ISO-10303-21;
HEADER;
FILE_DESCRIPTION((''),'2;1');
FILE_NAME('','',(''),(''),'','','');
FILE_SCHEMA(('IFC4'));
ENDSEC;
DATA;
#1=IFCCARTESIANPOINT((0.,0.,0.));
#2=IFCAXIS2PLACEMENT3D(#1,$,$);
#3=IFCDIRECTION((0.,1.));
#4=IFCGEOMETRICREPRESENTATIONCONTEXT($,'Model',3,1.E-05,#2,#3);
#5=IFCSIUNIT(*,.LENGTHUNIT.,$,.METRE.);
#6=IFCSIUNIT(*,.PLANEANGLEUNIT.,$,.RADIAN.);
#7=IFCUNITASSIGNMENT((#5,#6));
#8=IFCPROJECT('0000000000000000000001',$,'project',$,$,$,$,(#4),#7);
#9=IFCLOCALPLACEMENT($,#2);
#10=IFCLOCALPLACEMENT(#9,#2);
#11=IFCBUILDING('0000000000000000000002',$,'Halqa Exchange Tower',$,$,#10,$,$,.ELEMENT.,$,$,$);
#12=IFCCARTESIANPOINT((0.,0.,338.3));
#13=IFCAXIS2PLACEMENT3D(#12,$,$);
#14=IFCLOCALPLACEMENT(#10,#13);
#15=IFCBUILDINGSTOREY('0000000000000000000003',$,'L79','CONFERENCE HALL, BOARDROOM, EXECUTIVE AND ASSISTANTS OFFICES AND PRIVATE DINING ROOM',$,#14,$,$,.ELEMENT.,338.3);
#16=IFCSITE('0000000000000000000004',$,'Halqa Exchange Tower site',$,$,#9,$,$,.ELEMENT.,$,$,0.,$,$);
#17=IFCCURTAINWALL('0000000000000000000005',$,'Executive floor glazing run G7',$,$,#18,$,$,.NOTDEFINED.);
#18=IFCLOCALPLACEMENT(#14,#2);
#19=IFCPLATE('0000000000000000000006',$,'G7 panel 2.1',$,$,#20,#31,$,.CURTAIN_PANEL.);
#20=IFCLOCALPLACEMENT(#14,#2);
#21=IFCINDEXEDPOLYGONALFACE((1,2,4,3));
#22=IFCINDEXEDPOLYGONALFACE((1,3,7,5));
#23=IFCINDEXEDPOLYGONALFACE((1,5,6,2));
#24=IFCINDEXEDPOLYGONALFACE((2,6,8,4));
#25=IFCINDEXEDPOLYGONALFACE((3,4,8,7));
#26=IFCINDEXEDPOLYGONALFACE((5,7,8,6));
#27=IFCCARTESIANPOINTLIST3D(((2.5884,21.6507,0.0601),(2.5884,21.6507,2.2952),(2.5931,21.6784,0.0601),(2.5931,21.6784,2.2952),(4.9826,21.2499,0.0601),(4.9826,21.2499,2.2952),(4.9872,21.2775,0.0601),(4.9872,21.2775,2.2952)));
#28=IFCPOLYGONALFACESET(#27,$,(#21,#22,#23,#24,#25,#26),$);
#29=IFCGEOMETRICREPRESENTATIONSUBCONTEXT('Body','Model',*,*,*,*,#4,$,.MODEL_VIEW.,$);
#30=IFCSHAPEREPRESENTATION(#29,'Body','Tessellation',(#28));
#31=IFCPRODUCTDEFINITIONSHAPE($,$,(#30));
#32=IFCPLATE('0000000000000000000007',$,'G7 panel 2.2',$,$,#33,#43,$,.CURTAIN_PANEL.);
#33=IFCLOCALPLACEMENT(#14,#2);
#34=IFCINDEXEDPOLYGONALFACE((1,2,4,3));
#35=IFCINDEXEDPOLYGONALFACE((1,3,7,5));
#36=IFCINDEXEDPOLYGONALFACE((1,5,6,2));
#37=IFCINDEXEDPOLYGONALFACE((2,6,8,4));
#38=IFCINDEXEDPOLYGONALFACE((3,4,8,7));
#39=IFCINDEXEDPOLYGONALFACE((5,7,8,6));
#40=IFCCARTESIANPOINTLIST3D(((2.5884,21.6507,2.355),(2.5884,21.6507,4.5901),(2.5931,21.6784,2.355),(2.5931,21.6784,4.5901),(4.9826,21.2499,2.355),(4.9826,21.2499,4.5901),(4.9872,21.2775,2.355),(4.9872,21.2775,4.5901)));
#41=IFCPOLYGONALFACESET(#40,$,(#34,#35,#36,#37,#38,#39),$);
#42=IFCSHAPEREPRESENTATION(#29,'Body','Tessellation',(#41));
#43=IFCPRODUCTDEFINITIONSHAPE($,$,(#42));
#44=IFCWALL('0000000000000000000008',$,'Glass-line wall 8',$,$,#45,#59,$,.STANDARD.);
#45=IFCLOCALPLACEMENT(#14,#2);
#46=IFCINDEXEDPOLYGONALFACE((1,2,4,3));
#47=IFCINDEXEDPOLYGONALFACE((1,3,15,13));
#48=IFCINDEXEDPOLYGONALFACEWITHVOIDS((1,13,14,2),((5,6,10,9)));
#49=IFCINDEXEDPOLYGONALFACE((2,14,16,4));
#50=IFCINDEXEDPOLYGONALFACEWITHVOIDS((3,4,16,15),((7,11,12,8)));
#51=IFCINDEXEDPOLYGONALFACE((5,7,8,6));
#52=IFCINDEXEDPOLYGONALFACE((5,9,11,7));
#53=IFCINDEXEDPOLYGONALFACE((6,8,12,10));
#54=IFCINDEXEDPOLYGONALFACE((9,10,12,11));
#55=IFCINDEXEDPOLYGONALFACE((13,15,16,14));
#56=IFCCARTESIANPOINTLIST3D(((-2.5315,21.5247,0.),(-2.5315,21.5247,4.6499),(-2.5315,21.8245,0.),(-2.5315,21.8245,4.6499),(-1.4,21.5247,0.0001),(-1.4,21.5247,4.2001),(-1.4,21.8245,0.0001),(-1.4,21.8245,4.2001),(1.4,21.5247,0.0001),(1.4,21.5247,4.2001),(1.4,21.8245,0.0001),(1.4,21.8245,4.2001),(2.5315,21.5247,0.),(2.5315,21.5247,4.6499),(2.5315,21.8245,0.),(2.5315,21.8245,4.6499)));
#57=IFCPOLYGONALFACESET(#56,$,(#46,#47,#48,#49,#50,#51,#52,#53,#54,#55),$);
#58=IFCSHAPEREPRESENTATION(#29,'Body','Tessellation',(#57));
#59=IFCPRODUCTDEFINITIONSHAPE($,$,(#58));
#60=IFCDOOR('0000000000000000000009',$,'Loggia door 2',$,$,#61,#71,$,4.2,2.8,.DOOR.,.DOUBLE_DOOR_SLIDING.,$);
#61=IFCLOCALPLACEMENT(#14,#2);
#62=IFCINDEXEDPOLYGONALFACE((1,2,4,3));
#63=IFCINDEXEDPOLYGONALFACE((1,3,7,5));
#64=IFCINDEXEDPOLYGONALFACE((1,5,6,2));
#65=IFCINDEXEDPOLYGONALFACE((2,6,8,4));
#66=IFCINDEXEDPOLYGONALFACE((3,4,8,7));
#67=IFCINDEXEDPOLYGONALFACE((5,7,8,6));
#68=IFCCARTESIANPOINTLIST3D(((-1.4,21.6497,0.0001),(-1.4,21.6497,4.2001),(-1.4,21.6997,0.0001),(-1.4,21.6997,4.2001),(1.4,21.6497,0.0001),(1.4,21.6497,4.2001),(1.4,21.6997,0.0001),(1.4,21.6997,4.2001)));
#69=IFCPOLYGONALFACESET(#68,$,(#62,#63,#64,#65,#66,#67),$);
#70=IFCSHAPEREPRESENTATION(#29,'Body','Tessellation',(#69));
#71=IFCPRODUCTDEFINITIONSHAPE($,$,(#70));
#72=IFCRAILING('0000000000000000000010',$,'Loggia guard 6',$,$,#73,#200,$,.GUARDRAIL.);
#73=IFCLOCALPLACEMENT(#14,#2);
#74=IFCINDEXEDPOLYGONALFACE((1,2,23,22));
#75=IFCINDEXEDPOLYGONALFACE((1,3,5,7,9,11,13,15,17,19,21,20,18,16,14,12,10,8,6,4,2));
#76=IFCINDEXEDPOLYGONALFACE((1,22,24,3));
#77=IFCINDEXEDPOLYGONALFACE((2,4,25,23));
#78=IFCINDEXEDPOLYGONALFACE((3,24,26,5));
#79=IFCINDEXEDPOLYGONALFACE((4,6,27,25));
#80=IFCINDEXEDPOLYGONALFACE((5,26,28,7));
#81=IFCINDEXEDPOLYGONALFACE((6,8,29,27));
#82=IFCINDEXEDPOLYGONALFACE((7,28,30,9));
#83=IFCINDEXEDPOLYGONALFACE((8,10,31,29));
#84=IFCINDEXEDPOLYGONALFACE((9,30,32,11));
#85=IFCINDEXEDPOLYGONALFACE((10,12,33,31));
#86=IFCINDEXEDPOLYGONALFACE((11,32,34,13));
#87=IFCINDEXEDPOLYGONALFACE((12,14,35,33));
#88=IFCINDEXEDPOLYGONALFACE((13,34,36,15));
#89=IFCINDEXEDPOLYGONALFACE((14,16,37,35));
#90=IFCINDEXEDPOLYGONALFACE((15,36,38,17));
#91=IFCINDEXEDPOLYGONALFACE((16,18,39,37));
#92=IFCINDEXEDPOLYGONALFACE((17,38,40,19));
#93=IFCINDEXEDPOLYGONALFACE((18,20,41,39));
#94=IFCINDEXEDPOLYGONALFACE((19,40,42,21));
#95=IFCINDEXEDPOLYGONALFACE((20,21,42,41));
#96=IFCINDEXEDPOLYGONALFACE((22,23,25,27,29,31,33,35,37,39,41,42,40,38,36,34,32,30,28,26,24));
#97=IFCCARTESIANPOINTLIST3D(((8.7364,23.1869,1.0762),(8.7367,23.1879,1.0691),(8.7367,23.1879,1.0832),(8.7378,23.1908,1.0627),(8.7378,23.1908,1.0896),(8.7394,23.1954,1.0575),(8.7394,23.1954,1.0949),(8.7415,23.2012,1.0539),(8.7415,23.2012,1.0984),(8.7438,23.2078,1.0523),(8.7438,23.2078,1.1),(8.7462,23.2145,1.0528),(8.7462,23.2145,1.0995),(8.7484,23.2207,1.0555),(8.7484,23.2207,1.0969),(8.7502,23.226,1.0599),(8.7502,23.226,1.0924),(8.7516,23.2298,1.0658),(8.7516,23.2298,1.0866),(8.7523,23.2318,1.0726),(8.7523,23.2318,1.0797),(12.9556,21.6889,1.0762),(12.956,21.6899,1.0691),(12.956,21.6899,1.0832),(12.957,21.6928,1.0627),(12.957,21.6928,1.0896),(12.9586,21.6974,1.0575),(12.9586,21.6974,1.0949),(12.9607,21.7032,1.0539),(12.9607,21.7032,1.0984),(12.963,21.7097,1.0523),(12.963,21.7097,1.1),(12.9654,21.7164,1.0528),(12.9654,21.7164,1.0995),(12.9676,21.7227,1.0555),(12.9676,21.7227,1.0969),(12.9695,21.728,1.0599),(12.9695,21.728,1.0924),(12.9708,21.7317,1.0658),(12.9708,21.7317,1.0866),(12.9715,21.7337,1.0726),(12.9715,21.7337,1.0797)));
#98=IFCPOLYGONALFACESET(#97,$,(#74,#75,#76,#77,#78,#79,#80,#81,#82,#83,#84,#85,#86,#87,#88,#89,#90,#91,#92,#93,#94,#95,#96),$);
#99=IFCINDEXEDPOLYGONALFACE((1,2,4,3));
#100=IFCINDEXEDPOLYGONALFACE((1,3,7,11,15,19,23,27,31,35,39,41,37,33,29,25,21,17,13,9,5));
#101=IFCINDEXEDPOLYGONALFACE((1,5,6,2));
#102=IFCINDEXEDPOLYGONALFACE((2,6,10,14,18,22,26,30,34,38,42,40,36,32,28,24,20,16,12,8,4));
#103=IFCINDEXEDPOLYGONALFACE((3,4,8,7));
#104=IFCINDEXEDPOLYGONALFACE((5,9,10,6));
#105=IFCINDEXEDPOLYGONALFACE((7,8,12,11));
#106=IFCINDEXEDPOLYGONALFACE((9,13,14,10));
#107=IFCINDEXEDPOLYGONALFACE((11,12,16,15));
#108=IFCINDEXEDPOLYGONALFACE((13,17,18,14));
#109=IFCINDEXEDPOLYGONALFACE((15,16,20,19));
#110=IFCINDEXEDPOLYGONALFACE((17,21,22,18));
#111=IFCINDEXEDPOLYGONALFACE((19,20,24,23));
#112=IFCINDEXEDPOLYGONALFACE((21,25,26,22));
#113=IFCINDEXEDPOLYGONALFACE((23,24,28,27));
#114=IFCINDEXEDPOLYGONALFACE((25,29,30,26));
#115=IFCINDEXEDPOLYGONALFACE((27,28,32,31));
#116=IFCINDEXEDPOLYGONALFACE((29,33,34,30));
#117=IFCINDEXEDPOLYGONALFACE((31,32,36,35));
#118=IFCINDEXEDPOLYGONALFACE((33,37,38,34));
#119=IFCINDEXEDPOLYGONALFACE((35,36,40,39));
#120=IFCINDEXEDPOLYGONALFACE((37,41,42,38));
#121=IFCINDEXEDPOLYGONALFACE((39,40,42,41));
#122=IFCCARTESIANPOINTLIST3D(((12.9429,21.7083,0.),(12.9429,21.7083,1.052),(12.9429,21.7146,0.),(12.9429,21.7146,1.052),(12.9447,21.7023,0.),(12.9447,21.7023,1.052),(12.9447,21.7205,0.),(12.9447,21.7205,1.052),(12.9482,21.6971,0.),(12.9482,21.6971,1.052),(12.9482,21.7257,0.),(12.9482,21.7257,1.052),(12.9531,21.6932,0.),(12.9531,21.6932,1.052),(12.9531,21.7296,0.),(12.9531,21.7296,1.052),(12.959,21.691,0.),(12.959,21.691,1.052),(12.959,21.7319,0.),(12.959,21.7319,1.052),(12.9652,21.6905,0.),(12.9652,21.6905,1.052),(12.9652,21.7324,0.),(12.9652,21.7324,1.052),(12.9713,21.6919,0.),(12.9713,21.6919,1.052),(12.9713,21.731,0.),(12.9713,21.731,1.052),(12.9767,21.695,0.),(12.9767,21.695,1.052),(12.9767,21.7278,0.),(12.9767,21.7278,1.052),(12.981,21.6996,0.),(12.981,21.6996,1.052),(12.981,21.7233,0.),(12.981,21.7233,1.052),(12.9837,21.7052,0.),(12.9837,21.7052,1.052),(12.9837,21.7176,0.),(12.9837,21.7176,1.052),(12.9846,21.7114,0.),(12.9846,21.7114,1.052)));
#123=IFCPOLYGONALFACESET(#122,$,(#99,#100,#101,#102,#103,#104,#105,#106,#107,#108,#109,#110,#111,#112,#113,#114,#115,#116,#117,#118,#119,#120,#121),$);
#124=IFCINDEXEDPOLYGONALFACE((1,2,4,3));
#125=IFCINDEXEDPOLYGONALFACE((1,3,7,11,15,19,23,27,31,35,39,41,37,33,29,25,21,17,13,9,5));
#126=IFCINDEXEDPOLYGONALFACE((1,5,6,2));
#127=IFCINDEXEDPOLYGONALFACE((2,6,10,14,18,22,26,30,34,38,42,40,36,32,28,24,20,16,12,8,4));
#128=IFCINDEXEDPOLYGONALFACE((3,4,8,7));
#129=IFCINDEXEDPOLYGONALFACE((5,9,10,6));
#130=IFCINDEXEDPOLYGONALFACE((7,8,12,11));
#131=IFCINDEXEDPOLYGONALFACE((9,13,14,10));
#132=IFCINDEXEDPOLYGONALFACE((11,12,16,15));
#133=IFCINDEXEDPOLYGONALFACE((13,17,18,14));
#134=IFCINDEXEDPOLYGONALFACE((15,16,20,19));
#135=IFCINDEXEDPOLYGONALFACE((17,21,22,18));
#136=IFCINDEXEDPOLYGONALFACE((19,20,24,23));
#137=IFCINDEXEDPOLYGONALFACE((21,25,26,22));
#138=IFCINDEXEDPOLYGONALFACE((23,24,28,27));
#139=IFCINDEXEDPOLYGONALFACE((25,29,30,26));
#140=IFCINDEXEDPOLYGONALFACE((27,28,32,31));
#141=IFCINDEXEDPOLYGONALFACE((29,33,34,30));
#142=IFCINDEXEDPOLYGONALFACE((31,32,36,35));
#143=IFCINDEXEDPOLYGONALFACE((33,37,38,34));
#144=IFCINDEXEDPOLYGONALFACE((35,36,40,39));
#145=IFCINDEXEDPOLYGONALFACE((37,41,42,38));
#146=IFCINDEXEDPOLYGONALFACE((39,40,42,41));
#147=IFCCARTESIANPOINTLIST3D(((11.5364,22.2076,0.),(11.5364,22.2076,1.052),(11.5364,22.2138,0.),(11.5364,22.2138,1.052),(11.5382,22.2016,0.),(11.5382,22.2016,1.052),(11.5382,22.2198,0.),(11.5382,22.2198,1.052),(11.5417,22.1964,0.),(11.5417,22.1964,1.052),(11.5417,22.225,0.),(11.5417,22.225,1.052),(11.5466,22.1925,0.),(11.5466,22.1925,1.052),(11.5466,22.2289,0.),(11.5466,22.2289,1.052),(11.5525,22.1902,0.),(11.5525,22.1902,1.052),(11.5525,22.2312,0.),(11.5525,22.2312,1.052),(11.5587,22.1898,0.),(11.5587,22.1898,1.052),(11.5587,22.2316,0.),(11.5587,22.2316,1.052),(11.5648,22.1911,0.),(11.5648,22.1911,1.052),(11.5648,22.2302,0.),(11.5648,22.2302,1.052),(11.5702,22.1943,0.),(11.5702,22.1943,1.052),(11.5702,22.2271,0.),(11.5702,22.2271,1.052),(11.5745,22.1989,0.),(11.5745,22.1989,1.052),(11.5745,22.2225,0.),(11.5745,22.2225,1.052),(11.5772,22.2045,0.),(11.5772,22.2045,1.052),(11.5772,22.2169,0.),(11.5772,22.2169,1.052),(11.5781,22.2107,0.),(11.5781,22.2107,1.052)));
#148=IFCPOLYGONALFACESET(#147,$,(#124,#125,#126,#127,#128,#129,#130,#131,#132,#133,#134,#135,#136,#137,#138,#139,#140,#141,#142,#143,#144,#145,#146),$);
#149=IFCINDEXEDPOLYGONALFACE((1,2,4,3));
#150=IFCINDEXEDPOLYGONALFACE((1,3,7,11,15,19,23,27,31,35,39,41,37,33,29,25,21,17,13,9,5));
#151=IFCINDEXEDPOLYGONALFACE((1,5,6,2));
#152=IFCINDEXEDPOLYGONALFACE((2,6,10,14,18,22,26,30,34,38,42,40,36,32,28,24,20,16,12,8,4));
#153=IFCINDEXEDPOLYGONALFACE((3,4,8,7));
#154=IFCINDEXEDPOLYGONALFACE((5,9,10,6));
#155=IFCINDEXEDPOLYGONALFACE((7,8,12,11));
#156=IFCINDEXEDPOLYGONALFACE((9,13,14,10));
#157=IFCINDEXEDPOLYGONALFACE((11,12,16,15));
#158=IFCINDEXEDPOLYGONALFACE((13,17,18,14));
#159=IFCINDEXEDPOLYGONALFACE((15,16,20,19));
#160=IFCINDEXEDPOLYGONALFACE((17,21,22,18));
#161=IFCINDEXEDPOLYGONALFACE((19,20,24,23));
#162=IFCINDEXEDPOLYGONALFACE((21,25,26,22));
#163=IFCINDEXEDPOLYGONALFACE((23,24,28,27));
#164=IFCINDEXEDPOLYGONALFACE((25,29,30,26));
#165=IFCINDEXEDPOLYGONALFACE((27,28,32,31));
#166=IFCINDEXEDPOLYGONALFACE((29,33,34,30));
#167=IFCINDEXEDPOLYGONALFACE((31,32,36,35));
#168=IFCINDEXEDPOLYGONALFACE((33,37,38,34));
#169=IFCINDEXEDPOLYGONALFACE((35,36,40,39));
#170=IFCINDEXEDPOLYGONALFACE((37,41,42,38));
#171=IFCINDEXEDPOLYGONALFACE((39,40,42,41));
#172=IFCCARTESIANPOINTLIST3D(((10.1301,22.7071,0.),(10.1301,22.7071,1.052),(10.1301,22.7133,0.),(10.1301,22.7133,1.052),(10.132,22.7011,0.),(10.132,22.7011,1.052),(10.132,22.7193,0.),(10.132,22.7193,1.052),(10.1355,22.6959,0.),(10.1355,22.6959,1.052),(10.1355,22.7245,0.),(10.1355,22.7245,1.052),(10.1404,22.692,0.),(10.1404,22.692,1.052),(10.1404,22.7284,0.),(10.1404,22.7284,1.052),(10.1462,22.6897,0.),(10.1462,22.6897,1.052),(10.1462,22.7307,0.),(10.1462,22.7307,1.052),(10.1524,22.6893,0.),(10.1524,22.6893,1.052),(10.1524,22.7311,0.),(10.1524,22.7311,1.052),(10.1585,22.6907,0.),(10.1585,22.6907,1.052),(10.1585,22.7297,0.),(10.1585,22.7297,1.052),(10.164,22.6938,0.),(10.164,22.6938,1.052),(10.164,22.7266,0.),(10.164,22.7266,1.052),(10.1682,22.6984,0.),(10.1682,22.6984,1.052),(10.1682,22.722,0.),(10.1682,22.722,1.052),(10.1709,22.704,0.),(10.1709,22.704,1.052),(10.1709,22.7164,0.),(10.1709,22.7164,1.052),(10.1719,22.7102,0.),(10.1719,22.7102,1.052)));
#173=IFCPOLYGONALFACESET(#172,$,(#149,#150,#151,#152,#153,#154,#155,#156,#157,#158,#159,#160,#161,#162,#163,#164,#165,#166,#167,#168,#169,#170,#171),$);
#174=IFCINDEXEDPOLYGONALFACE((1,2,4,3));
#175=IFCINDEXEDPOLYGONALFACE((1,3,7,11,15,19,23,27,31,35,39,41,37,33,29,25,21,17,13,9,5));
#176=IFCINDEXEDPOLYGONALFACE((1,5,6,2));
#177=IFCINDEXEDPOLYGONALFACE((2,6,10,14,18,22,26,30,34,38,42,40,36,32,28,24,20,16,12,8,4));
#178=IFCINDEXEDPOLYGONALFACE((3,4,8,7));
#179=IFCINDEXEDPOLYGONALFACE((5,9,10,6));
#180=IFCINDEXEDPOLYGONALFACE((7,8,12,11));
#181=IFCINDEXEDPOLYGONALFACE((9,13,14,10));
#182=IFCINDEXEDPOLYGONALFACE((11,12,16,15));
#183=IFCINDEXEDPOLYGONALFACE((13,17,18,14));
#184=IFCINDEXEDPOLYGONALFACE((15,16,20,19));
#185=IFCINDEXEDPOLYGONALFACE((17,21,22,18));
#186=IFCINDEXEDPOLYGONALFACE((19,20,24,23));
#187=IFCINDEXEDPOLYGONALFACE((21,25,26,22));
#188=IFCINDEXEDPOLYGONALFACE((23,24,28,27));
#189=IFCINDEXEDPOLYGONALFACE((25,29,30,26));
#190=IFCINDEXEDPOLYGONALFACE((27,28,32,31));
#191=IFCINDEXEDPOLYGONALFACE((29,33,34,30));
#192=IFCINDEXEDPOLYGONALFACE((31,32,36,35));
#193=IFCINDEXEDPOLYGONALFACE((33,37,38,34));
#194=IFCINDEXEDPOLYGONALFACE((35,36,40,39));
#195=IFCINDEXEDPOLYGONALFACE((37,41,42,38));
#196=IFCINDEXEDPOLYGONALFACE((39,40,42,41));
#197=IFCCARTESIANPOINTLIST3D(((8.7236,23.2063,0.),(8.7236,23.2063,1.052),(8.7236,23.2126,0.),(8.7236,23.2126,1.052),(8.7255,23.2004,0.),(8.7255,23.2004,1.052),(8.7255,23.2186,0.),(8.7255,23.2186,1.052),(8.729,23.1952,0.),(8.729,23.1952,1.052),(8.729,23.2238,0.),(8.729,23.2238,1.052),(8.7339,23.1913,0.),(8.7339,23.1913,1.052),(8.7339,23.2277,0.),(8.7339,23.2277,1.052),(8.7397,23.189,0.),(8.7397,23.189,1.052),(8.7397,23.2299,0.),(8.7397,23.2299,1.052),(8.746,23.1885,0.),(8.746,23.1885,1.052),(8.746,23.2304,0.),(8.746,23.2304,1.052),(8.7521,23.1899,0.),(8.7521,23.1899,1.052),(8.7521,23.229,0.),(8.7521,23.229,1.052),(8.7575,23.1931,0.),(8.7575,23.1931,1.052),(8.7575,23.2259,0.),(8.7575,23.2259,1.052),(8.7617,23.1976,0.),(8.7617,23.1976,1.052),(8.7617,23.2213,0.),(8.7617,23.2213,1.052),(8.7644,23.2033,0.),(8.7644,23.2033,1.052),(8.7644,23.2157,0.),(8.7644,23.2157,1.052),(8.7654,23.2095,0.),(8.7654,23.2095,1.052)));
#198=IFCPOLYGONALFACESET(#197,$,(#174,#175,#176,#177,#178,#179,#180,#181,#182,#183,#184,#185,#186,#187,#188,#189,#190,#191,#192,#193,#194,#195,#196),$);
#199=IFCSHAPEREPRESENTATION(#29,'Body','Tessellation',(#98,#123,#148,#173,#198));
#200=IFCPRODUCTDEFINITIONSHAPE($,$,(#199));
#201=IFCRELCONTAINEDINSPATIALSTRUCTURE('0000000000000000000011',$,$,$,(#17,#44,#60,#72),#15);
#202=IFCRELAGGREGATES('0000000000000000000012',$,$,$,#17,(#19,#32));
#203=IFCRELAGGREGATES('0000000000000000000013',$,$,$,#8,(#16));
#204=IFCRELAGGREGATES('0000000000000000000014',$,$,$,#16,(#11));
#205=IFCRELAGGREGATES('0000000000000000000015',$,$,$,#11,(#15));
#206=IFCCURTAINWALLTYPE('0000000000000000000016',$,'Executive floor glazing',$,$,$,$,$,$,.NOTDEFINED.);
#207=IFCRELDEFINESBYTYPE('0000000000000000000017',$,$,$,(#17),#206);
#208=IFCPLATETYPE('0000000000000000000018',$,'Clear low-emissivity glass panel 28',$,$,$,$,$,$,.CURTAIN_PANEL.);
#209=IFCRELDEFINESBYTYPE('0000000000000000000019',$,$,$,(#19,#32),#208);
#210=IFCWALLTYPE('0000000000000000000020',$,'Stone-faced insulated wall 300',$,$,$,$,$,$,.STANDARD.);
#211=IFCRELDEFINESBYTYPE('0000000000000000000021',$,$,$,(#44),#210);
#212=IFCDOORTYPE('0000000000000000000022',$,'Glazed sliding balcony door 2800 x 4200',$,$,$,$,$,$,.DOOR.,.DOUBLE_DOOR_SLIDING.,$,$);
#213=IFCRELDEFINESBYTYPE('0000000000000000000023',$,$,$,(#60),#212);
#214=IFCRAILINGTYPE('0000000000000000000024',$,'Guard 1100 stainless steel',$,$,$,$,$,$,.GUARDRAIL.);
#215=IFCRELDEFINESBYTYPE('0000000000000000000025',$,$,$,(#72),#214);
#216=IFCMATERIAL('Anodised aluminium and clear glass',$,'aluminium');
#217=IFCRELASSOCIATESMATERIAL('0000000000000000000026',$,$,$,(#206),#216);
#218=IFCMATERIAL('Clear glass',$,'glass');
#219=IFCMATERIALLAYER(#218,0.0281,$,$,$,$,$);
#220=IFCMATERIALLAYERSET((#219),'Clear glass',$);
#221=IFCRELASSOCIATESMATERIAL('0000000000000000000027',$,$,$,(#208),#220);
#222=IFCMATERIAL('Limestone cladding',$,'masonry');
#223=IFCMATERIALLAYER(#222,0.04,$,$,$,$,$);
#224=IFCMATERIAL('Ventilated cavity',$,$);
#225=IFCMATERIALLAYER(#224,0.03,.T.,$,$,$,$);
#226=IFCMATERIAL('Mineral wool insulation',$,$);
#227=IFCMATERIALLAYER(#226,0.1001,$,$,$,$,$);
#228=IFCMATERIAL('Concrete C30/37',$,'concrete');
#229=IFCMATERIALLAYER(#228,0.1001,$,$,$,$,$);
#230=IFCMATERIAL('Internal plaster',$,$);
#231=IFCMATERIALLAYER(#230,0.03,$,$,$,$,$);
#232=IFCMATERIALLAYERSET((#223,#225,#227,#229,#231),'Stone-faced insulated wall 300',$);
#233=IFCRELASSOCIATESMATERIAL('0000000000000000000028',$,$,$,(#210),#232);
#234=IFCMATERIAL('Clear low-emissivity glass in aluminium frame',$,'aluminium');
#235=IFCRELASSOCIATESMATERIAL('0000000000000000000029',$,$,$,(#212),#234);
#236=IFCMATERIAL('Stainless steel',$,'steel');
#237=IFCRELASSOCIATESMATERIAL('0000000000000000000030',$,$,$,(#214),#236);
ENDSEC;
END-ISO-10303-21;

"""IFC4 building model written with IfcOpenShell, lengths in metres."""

from ifc_helpers import new_model, si_unit, direction, frame, frame_2d, origin, origin_2d, place, context, subcontext, project, spatial, polyline, rectangle, circle, outline, extrude, material, layer, layer_set, type_object, element, fill, aggregate, save


model = new_model("IFC4")

# Units and contexts
model_context = context("Model", 3, precision=1e-05, world=origin(), true_north=direction((0.0, 1.0)))
body_context = subcontext(model_context, "Body", "Model", "MODEL_VIEW")
ifc_project = project(units=[si_unit("LENGTHUNIT", "METRE"), si_unit("PLANEANGLEUNIT", "RADIAN")], contexts=[model_context])

# Site, building, storey
site_placement = place(None, origin())
site = spatial("IfcSite", under=ifc_project, at=site_placement, Name="Halqa Exchange Tower site", CompositionType="ELEMENT", RefElevation=0.0)
building_placement = place(site_placement, origin())
building = spatial("IfcBuilding", under=site, at=building_placement, Name="Halqa Exchange Tower", CompositionType="ELEMENT")
storey_placement = place(building_placement, frame((0.0, 0.0, 338.3)))
storey = spatial("IfcBuildingStorey", under=building, at=storey_placement, Name="L79", Description="CONFERENCE HALL, BOARDROOM, EXECUTIVE AND ASSISTANTS OFFICES AND PRIVATE DINING ROOM", CompositionType="ELEMENT", Elevation=338.3)

# Curtain wall
ifc_material_1 = material(Name="Anodised aluminium and clear glass", Category="aluminium")
curtain_wall_type = type_object("IfcCurtainWallType", Name="Executive floor glazing", PredefinedType="NOTDEFINED", material=ifc_material_1)
curtain_wall_1_placement = place(storey_placement, origin())
curtain_wall_1 = element("IfcCurtainWall", 1, at=curtain_wall_1_placement, inside=storey, type_object=curtain_wall_type, Name="Executive floor glazing run G7", PredefinedType="NOTDEFINED")

# Plates
ifc_material_2 = material(Name="Clear glass", Category="glass")
ifc_layer_1 = layer(ifc_material_2, 0.0281)
ifc_layer_set_1 = layer_set([ifc_layer_1], Name="Clear glass")
plate_type = type_object("IfcPlateType", Name="Clear low-emissivity glass panel 28", PredefinedType="CURTAIN_PANEL", material=ifc_layer_set_1)
plate_1_placement = place(storey_placement, frame((3.7878, 21.4641, 0.0601), z_axis=(0.0, 0.0, 1.0), x_axis=(-0.986274, 0.165117, 0.0)))
plate_1 = element("IfcPlate", 2, at=plate_1_placement, type_object=plate_type, Name="G7 panel 2.1", PredefinedType="CURTAIN_PANEL", context=body_context, shape_type="SweptSolid", body=[
    extrude(rectangle(XDim=2.4275, YDim=0.0281, at=origin_2d()), origin(), (0.0, 0.0, 1.0), 2.2351),
])
plate_2_placement = place(storey_placement, frame((3.7878, 21.4641, 2.355), z_axis=(0.0, 0.0, 1.0), x_axis=(-0.986274, 0.165117, 0.0)))
plate_2 = element("IfcPlate", 3, at=plate_2_placement, type_object=plate_type, Name="G7 panel 2.2", PredefinedType="CURTAIN_PANEL", context=body_context, shape_type="SweptSolid", body=[
    extrude(rectangle(XDim=2.4275, YDim=0.0281, at=origin_2d()), origin(), (0.0, 0.0, 1.0), 2.2351),
])
aggregate(curtain_wall_1, [plate_1, plate_2])

# Wall, opening, door
ifc_material_3 = material(Name="Limestone cladding", Category="masonry")
ifc_layer_2 = layer(ifc_material_3, 0.04)
ifc_material_4 = material(Name="Ventilated cavity")
ifc_layer_3 = layer(ifc_material_4, 0.03, ventilated=True)
ifc_material_5 = material(Name="Mineral wool insulation")
ifc_layer_4 = layer(ifc_material_5, 0.1001)
ifc_material_6 = material(Name="Concrete C30/37", Category="concrete")
ifc_layer_5 = layer(ifc_material_6, 0.1001)
ifc_material_7 = material(Name="Internal plaster")
ifc_layer_6 = layer(ifc_material_7, 0.03)
ifc_layer_set_2 = layer_set([ifc_layer_2, ifc_layer_3, ifc_layer_4, ifc_layer_5, ifc_layer_6], Name="Stone-faced insulated wall 300")
wall_type = type_object("IfcWallType", Name="Stone-faced insulated wall 300", PredefinedType="STANDARD", material=ifc_layer_set_2)
wall_placement = place(storey_placement, frame((2.5315, 21.6746, 0.0), z_axis=(0.0, 0.0, 1.0), x_axis=(-1.0, 0.0, 0.0)))
wall = element("IfcWall", 4, at=wall_placement, inside=storey, type_object=wall_type, Name="Glass-line wall 8", PredefinedType="STANDARD", context=body_context, shape_type="SweptSolid", body=[
    extrude(outline(polyline([(0.0, -0.1499), (5.063, -0.1499), (5.063, 0.1499), (0.0, 0.1499), (0.0, -0.1499)])), origin(), (0.0, 0.0, 1.0), 4.6499),
])
opening_placement = place(wall_placement, frame((1.1316, 0.0, 0.0)))
opening = element("IfcOpeningElement", 5, at=opening_placement, cuts=wall, PredefinedType="OPENING", context=body_context, shape_type="SweptSolid", body=[
    extrude(rectangle(XDim=2.8, YDim=4.2, at=frame_2d((1.3999, 2.1001))), frame((0.0, 0.1621, 0.0), z_axis=(0.0, -1.0, 0.0), x_axis=(1.0, 0.0, 0.0)), (0.0, 0.0, 1.0), 0.324),
])
ifc_material_8 = material(Name="Clear low-emissivity glass in aluminium frame", Category="aluminium")
door_type = type_object("IfcDoorType", Name="Glazed sliding balcony door 2800 x 4200", OperationType="DOUBLE_DOOR_SLIDING", PredefinedType="DOOR", material=ifc_material_8)
door_placement = place(opening_placement, origin())
door = element("IfcDoor", 6, at=door_placement, inside=storey, type_object=door_type, Name="Loggia door 2", OperationType="DOUBLE_DOOR_SLIDING", OverallHeight=4.2, OverallWidth=2.8, PredefinedType="DOOR", context=body_context, shape_type="SweptSolid", body=[
    extrude(rectangle(XDim=2.8, YDim=4.2, at=frame_2d((1.3999, 2.1001))), frame((0.0, 0.0249, 0.0), z_axis=(0.0, -1.0, 0.0), x_axis=(1.0, 0.0, 0.0)), (0.0, 0.0, 1.0), 0.05),
])
fill(opening, door)

# Railing
ifc_material_9 = material(Name="Stainless steel", Category="steel")
railing_type = type_object("IfcRailingType", Name="Guard 1100 stainless steel", PredefinedType="GUARDRAIL", material=ifc_material_9)
railing_1_placement = place(storey_placement, frame((12.9636, 21.7114, 0.0)))
element("IfcRailing", 7, at=railing_1_placement, inside=storey, type_object=railing_type, Name="Loggia guard 6", PredefinedType="GUARDRAIL", context=body_context, shape_type="SweptSolid", body=[
    extrude(circle(Radius=0.0239, at=origin_2d()), frame((0.0, 0.0, 1.0762), z_axis=(-0.942365, 0.334588, 0.0), x_axis=(-0.334588, -0.942365, 0.0)), (0.0, 0.0, 1.0), 4.4773),
    extrude(circle(Radius=0.021, at=origin_2d()), origin(), (0.0, 0.0, 1.0), 1.052),
    extrude(circle(Radius=0.021, at=origin_2d()), frame((-1.4065, 0.4993, 0.0)), (0.0, 0.0, 1.0), 1.052),
    extrude(circle(Radius=0.021, at=origin_2d()), frame((-2.8127, 0.9988, 0.0)), (0.0, 0.0, 1.0), 1.052),
    extrude(circle(Radius=0.021, at=origin_2d()), frame((-4.2192, 1.498, 0.0)), (0.0, 0.0, 1.0), 1.052),
])

save(model, "model.ifc")
